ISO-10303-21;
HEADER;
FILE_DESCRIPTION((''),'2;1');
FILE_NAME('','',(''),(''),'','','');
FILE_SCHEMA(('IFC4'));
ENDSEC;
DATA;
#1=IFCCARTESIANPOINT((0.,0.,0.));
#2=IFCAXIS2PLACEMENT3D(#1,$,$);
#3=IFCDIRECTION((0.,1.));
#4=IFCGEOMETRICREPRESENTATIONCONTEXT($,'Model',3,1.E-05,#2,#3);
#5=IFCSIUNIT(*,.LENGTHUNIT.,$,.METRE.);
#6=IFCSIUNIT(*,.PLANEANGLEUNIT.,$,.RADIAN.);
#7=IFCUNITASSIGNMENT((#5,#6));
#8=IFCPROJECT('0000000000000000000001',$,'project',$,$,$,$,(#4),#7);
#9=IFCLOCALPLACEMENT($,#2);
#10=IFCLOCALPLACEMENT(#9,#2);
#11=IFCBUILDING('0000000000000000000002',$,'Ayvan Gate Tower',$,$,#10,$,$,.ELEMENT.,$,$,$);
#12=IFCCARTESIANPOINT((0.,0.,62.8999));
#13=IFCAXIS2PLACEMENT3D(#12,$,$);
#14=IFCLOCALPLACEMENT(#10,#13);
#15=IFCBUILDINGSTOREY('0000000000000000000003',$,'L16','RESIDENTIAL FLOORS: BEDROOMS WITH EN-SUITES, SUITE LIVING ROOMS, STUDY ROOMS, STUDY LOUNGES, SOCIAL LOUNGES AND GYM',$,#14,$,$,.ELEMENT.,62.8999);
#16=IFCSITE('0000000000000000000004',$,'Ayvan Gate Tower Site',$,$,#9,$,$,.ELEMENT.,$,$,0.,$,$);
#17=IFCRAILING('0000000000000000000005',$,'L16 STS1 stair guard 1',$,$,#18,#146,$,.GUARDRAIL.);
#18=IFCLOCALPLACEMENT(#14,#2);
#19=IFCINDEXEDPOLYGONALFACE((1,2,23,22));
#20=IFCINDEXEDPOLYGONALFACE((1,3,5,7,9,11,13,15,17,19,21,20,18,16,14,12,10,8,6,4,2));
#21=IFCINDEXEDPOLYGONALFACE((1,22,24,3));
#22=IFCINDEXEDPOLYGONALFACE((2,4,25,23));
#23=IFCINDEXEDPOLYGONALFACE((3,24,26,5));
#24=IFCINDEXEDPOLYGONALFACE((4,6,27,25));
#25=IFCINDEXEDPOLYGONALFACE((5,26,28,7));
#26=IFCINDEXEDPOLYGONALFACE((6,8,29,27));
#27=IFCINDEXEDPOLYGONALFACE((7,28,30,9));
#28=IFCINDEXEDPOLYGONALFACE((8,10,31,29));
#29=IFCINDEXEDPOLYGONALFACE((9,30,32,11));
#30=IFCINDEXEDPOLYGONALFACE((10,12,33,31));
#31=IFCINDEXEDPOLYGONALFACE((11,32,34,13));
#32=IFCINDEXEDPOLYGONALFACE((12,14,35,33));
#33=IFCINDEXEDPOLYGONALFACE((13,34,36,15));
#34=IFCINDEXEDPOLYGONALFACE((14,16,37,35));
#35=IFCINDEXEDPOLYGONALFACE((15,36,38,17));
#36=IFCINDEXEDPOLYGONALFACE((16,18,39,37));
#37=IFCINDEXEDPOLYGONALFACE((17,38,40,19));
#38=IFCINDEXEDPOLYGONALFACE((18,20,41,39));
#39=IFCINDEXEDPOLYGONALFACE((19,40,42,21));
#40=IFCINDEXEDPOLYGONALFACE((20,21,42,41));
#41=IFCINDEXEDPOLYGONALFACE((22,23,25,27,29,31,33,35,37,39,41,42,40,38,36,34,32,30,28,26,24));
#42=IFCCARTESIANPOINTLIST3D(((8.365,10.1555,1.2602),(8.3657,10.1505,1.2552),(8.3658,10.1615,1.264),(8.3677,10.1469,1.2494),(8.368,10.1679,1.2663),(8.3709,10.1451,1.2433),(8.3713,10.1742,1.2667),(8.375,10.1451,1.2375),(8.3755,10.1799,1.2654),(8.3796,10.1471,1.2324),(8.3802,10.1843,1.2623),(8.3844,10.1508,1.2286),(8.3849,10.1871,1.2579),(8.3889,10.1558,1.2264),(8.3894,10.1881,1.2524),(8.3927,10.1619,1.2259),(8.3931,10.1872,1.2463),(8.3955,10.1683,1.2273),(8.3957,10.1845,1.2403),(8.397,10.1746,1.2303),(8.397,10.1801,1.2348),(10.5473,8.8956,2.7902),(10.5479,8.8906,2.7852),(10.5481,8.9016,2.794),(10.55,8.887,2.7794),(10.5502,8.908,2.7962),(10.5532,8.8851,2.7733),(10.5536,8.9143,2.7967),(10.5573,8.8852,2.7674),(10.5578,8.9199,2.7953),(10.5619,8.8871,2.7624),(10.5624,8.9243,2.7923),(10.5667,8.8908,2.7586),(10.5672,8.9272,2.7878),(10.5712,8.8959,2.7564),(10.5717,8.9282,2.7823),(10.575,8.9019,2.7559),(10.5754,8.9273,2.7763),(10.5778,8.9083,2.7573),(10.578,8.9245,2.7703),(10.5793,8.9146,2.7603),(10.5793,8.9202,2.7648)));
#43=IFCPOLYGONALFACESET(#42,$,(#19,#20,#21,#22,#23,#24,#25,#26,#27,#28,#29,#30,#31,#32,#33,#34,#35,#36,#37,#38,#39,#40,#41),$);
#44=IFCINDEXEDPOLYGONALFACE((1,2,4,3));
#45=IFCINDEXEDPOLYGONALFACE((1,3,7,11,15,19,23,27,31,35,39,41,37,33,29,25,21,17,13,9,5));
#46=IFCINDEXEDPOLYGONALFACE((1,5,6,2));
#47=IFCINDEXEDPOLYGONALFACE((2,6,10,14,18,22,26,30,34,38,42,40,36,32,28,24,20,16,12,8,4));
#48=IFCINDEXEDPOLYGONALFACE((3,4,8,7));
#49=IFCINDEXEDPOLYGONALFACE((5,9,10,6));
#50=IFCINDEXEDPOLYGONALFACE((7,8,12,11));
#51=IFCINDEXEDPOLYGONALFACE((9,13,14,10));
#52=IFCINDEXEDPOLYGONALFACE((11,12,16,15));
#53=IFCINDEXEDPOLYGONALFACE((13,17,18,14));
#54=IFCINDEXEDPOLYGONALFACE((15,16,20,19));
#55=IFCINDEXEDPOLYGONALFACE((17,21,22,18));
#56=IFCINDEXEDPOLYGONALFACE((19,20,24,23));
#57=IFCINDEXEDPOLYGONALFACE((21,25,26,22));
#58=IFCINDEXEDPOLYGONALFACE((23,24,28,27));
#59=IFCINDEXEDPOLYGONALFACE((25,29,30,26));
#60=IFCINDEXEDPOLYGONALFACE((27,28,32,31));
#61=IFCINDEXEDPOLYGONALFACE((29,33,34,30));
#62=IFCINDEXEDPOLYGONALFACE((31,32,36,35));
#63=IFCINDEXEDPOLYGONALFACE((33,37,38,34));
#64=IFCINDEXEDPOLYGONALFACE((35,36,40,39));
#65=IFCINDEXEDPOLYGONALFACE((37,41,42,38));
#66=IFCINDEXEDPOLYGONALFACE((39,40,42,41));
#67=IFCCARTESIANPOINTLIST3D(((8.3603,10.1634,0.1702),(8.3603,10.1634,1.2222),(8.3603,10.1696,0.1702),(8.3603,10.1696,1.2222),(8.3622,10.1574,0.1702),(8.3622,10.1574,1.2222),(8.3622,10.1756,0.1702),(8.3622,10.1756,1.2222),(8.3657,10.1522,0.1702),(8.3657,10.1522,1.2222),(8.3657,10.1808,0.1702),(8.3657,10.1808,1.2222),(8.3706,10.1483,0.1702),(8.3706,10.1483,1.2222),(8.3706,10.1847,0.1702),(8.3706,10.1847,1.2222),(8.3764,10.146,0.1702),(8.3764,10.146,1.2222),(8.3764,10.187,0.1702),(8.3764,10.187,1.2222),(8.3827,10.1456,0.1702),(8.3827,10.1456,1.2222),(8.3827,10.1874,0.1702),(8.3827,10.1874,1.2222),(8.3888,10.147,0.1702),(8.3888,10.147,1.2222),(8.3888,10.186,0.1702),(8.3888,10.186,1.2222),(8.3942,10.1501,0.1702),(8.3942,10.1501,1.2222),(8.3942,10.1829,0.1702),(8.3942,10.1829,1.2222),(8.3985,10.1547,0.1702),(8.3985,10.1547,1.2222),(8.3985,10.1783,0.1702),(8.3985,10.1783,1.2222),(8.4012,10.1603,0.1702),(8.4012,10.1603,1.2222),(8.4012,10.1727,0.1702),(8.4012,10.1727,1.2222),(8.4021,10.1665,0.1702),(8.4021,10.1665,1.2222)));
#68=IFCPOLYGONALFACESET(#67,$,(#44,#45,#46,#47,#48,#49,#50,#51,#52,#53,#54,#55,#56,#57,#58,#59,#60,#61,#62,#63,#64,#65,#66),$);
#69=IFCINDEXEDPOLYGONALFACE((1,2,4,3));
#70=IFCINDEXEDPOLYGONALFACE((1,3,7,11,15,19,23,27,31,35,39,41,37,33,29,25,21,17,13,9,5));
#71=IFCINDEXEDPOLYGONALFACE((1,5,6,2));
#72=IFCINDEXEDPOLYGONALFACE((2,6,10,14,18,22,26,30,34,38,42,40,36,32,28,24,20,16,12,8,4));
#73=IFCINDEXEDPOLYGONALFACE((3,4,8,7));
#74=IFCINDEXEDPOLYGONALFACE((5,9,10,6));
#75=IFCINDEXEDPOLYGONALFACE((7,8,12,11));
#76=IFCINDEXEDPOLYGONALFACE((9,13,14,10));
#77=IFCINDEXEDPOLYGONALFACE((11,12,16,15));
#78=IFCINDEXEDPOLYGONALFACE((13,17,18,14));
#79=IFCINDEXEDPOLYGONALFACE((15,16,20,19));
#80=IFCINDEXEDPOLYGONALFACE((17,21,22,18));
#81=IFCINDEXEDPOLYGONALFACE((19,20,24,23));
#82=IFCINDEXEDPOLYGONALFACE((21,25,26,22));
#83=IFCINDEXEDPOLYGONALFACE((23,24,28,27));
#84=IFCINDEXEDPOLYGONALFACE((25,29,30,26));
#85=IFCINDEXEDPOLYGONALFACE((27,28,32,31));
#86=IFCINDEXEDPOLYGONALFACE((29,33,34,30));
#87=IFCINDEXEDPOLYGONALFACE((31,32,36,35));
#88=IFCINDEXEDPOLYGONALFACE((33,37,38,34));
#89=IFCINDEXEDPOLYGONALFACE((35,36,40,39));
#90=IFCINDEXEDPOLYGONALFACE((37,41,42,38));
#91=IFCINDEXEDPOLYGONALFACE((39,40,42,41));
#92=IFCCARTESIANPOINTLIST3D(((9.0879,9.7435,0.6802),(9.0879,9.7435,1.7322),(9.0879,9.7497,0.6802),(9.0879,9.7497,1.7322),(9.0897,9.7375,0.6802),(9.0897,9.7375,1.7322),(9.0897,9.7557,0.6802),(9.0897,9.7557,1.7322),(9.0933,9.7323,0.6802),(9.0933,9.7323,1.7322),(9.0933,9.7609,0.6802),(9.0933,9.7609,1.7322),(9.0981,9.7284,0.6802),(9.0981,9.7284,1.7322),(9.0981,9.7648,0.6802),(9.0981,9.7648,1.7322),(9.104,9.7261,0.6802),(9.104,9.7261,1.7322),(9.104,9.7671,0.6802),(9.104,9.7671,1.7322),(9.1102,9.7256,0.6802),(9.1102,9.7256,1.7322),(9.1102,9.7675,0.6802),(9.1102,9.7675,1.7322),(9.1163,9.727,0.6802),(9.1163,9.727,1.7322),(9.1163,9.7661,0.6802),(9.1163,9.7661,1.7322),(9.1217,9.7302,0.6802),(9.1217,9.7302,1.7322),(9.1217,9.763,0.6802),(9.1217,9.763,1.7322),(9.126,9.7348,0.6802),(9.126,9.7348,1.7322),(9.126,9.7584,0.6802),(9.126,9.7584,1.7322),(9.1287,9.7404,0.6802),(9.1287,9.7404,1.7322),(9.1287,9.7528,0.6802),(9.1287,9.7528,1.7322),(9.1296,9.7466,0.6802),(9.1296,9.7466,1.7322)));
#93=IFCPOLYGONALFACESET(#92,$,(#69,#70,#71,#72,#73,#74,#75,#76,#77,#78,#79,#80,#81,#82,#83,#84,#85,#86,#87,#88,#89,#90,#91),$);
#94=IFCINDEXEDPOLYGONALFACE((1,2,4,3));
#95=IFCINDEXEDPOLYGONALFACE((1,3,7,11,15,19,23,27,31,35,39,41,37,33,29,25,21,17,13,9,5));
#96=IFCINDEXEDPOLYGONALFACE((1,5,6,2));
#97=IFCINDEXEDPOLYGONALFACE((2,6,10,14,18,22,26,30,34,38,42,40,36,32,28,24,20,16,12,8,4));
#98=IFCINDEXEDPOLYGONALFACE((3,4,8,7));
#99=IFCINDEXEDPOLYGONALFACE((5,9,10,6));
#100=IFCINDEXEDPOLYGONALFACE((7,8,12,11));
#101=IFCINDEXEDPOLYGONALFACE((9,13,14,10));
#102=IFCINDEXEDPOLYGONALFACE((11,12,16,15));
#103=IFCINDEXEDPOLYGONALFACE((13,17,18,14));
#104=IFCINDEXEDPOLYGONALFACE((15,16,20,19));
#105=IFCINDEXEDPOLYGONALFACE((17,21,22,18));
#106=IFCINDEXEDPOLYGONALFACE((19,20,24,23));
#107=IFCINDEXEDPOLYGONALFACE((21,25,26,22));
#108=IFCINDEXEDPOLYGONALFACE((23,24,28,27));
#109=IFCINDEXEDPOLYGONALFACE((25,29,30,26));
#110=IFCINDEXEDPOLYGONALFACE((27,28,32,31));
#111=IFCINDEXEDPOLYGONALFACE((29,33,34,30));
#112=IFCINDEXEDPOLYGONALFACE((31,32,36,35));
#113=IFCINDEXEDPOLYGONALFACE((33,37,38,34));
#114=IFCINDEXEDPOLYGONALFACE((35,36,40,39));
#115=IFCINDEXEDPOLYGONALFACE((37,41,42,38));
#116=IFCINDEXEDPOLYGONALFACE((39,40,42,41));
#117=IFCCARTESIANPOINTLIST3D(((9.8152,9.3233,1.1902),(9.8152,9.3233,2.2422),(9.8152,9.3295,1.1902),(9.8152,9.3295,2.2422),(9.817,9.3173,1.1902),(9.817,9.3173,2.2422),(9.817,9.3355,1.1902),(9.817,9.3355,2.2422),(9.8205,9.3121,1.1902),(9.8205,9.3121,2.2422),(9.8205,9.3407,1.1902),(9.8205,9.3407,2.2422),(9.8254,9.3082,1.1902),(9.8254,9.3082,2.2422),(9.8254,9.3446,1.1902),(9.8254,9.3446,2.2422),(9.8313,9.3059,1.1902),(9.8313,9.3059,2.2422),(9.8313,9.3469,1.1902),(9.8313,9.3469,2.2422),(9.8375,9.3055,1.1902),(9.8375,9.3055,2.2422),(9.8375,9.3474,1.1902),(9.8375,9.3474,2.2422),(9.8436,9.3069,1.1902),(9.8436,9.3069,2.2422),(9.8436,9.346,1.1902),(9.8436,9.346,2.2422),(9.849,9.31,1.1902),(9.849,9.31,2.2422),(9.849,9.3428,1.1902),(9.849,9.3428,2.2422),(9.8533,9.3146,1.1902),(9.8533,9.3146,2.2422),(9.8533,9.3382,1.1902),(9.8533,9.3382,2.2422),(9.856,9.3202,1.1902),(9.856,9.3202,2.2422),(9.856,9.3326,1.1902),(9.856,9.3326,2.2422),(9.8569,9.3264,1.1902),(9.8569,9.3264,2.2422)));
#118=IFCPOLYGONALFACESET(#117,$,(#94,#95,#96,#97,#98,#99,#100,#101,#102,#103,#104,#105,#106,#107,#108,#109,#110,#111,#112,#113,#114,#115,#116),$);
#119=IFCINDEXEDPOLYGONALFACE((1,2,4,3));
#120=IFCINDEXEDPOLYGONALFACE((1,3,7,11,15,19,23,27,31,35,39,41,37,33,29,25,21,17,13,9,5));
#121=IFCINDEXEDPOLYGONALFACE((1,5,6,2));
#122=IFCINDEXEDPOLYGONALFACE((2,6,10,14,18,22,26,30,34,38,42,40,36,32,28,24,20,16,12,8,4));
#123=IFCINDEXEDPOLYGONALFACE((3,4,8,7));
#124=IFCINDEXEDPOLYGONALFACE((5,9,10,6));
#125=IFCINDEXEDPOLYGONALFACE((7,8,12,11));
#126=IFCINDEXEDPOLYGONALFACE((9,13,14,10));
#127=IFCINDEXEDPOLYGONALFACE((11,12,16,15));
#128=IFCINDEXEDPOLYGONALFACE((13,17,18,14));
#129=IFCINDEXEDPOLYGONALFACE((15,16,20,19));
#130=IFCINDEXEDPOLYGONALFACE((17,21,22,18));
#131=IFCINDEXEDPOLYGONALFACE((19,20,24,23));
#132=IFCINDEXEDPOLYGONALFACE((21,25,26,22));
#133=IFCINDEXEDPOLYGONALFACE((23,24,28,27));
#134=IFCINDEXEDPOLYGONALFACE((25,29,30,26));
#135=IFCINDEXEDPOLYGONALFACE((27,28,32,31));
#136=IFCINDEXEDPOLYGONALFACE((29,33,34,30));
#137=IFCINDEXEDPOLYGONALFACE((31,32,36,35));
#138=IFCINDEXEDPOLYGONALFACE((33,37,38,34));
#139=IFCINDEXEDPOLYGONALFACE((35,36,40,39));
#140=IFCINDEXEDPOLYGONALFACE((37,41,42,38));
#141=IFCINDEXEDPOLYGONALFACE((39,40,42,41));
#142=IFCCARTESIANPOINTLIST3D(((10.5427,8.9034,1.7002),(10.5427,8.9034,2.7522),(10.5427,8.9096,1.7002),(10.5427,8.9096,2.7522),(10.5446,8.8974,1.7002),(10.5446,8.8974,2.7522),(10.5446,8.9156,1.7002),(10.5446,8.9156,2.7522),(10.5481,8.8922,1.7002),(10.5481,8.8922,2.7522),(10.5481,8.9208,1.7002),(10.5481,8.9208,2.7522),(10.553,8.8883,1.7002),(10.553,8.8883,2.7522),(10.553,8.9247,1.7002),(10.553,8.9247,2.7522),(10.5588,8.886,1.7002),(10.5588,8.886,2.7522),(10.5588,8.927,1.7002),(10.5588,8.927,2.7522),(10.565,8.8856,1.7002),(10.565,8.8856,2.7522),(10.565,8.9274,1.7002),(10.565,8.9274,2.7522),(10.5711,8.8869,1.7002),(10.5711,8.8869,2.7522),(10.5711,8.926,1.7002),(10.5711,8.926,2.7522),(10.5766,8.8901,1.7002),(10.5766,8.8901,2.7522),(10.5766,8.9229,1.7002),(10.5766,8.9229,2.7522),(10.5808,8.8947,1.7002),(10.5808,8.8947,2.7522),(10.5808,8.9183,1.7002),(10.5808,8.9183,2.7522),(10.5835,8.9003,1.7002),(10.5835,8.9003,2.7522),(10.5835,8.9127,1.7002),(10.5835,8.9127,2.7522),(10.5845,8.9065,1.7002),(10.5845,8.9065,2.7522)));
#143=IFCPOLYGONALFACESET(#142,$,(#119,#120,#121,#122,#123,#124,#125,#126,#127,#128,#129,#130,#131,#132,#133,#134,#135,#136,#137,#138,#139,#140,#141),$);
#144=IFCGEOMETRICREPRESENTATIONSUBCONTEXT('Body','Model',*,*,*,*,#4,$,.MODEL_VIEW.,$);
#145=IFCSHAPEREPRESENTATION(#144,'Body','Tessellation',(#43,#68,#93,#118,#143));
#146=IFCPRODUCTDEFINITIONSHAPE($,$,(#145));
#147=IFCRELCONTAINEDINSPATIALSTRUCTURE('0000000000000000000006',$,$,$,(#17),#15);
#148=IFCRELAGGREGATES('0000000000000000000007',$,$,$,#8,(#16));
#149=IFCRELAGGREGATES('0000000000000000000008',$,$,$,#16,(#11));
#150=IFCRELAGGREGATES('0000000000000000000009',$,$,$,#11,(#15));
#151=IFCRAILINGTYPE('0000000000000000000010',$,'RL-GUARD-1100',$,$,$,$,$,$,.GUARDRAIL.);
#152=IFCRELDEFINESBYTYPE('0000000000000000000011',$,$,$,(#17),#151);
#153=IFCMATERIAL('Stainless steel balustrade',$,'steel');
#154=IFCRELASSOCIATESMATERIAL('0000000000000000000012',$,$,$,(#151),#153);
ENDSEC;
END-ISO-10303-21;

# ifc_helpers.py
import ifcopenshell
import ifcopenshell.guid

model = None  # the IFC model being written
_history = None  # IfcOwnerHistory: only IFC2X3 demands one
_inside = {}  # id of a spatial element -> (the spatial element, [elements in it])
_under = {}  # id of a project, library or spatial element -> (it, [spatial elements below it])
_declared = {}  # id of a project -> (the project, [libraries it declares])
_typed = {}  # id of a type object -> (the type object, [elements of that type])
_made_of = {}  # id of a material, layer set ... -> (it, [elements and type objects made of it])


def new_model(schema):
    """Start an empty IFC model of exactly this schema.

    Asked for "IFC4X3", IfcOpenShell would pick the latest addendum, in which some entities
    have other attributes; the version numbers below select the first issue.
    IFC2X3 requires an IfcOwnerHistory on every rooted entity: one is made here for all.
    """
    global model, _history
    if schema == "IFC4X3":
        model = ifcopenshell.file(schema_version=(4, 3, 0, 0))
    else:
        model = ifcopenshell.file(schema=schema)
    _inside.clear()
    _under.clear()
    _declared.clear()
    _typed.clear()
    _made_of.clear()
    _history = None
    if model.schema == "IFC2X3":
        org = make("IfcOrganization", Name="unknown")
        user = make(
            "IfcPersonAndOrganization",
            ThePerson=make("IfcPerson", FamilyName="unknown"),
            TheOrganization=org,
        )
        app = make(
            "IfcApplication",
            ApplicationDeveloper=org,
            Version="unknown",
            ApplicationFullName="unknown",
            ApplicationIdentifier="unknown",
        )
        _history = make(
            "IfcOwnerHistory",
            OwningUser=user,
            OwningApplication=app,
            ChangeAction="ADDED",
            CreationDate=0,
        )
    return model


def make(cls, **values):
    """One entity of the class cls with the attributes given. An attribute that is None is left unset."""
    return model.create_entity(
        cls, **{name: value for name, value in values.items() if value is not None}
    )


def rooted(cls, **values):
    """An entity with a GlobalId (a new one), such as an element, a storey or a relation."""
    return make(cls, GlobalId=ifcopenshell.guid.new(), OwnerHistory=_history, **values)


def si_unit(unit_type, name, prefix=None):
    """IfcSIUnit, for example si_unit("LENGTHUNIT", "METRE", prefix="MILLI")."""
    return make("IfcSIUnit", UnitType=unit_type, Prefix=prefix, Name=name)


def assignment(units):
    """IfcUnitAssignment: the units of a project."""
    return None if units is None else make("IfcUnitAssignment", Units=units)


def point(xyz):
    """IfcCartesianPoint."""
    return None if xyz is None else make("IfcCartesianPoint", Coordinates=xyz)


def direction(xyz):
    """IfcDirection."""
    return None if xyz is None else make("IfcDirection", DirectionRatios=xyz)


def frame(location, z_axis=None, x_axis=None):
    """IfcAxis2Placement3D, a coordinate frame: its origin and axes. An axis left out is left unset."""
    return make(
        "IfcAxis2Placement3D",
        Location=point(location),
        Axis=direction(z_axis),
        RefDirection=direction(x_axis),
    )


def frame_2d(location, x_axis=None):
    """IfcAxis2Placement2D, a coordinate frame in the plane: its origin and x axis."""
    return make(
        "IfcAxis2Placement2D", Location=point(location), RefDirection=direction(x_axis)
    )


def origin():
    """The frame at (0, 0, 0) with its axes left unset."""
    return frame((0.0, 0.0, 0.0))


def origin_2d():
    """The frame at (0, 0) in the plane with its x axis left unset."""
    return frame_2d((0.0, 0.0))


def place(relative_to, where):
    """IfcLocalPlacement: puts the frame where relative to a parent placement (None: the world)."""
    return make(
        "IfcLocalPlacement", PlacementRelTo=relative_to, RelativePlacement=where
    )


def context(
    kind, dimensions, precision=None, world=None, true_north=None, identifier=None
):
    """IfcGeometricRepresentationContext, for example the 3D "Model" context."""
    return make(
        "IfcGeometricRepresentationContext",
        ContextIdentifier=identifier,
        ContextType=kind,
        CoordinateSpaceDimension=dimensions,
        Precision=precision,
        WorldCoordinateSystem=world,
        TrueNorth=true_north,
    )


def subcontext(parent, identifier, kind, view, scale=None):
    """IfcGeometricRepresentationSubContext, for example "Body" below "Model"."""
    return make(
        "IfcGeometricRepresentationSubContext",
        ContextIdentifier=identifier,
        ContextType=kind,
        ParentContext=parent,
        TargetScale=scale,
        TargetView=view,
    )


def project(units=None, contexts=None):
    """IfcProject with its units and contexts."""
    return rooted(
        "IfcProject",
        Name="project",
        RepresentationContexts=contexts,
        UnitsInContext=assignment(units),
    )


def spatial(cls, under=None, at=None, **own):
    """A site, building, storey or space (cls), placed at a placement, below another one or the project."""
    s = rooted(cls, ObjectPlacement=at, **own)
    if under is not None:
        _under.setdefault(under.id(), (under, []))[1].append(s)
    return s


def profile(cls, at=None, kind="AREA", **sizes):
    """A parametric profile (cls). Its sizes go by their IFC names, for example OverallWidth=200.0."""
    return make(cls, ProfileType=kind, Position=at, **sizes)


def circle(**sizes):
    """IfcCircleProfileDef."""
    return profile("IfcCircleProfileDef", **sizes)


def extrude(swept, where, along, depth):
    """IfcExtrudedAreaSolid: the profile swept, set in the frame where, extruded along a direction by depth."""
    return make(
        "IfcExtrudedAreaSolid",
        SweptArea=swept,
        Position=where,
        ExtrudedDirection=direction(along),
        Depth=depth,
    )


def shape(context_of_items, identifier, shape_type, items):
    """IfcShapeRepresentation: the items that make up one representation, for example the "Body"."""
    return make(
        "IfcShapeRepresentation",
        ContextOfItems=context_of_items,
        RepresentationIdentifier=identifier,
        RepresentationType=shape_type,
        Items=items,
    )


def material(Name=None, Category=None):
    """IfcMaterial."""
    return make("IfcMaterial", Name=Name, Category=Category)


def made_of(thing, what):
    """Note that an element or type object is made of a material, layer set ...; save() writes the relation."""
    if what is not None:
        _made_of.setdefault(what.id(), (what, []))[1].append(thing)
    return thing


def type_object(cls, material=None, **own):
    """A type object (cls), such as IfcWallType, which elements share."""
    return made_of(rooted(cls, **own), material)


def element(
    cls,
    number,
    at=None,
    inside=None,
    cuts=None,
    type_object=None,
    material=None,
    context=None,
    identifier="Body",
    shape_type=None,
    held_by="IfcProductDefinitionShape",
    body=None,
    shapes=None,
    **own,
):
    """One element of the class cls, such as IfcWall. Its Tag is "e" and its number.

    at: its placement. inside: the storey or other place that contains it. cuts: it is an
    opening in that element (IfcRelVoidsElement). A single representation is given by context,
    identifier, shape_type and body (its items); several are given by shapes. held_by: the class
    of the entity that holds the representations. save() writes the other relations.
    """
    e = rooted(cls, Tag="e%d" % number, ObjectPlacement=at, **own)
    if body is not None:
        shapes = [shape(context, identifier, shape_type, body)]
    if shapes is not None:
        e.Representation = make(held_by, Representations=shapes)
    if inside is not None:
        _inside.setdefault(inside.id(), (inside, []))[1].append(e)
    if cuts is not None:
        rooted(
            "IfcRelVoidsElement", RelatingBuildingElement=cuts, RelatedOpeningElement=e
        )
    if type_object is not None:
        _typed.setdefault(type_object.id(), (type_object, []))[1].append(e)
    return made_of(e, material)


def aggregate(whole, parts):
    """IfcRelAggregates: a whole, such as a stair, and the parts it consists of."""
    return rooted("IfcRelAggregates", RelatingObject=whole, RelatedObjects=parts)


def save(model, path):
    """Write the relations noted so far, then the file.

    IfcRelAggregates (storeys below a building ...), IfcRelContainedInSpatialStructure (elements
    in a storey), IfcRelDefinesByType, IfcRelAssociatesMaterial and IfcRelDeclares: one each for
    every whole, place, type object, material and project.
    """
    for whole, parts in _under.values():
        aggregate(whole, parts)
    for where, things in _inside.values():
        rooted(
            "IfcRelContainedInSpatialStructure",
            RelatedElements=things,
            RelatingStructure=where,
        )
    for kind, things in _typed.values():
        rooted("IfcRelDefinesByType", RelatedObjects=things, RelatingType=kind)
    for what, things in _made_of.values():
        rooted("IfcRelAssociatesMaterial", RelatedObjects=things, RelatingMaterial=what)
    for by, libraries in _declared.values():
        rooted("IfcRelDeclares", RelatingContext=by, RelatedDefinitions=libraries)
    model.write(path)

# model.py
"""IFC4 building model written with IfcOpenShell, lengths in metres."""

from ifc_helpers import new_model, si_unit, direction, frame, origin, origin_2d, place, context, subcontext, project, spatial, circle, extrude, material, type_object, element, save


model = new_model("IFC4")

# Units and contexts
model_context = context("Model", 3, precision=1e-05, world=origin(), true_north=direction((0.0, 1.0)))
body_context = subcontext(model_context, "Body", "Model", "MODEL_VIEW")
ifc_project = project(units=[si_unit("LENGTHUNIT", "METRE"), si_unit("PLANEANGLEUNIT", "RADIAN")], contexts=[model_context])

# Site, building, storey
site_placement = place(None, origin())
site = spatial("IfcSite", under=ifc_project, at=site_placement, Name="Ayvan Gate Tower Site", CompositionType="ELEMENT", RefElevation=0.0)
building_placement = place(site_placement, origin())
building = spatial("IfcBuilding", under=site, at=building_placement, Name="Ayvan Gate Tower", CompositionType="ELEMENT")
storey_placement = place(building_placement, frame((0.0, 0.0, 62.8999)))
storey = spatial("IfcBuildingStorey", under=building, at=storey_placement, Name="L16", Description="RESIDENTIAL FLOORS: BEDROOMS WITH EN-SUITES, SUITE LIVING ROOMS, STUDY ROOMS, STUDY LOUNGES, SOCIAL LOUNGES AND GYM", CompositionType="ELEMENT", Elevation=62.8999)

# Railing
ifc_material_1 = material(Name="Stainless steel balustrade", Category="steel")
railing_type_1 = type_object("IfcRailingType", Name="RL-GUARD-1100", PredefinedType="GUARDRAIL", material=ifc_material_1)
railing_1_placement = place(storey_placement, frame((8.3811, 10.1665, 0.1702)))
element("IfcRailing", 1, at=railing_1_placement, inside=storey, type_object=railing_type_1, Name="L16 STS1 stair guard 1", PredefinedType="GUARDRAIL", context=body_context, shape_type="SweptSolid", body=[
    extrude(circle(Radius=0.0239, at=origin_2d()), frame((0.0, 0.0, 1.0762), z_axis=(0.740261, -0.427395, 0.518986), x_axis=(0.500005, 0.866023, 0.0)), (0.0, 0.0, 1.0), 2.948),
    extrude(circle(Radius=0.021, at=origin_2d()), origin(), (0.0, 0.0, 1.0), 1.052),
    extrude(circle(Radius=0.021, at=origin_2d()), frame((0.7275, -0.4199, 0.51)), (0.0, 0.0, 1.0), 1.052),
    extrude(circle(Radius=0.021, at=origin_2d()), frame((1.4548, -0.8401, 1.02)), (0.0, 0.0, 1.0), 1.052),
    extrude(circle(Radius=0.021, at=origin_2d()), frame((2.1824, -1.26, 1.53)), (0.0, 0.0, 1.0), 1.052),
])

save(model, "model.ifc")
